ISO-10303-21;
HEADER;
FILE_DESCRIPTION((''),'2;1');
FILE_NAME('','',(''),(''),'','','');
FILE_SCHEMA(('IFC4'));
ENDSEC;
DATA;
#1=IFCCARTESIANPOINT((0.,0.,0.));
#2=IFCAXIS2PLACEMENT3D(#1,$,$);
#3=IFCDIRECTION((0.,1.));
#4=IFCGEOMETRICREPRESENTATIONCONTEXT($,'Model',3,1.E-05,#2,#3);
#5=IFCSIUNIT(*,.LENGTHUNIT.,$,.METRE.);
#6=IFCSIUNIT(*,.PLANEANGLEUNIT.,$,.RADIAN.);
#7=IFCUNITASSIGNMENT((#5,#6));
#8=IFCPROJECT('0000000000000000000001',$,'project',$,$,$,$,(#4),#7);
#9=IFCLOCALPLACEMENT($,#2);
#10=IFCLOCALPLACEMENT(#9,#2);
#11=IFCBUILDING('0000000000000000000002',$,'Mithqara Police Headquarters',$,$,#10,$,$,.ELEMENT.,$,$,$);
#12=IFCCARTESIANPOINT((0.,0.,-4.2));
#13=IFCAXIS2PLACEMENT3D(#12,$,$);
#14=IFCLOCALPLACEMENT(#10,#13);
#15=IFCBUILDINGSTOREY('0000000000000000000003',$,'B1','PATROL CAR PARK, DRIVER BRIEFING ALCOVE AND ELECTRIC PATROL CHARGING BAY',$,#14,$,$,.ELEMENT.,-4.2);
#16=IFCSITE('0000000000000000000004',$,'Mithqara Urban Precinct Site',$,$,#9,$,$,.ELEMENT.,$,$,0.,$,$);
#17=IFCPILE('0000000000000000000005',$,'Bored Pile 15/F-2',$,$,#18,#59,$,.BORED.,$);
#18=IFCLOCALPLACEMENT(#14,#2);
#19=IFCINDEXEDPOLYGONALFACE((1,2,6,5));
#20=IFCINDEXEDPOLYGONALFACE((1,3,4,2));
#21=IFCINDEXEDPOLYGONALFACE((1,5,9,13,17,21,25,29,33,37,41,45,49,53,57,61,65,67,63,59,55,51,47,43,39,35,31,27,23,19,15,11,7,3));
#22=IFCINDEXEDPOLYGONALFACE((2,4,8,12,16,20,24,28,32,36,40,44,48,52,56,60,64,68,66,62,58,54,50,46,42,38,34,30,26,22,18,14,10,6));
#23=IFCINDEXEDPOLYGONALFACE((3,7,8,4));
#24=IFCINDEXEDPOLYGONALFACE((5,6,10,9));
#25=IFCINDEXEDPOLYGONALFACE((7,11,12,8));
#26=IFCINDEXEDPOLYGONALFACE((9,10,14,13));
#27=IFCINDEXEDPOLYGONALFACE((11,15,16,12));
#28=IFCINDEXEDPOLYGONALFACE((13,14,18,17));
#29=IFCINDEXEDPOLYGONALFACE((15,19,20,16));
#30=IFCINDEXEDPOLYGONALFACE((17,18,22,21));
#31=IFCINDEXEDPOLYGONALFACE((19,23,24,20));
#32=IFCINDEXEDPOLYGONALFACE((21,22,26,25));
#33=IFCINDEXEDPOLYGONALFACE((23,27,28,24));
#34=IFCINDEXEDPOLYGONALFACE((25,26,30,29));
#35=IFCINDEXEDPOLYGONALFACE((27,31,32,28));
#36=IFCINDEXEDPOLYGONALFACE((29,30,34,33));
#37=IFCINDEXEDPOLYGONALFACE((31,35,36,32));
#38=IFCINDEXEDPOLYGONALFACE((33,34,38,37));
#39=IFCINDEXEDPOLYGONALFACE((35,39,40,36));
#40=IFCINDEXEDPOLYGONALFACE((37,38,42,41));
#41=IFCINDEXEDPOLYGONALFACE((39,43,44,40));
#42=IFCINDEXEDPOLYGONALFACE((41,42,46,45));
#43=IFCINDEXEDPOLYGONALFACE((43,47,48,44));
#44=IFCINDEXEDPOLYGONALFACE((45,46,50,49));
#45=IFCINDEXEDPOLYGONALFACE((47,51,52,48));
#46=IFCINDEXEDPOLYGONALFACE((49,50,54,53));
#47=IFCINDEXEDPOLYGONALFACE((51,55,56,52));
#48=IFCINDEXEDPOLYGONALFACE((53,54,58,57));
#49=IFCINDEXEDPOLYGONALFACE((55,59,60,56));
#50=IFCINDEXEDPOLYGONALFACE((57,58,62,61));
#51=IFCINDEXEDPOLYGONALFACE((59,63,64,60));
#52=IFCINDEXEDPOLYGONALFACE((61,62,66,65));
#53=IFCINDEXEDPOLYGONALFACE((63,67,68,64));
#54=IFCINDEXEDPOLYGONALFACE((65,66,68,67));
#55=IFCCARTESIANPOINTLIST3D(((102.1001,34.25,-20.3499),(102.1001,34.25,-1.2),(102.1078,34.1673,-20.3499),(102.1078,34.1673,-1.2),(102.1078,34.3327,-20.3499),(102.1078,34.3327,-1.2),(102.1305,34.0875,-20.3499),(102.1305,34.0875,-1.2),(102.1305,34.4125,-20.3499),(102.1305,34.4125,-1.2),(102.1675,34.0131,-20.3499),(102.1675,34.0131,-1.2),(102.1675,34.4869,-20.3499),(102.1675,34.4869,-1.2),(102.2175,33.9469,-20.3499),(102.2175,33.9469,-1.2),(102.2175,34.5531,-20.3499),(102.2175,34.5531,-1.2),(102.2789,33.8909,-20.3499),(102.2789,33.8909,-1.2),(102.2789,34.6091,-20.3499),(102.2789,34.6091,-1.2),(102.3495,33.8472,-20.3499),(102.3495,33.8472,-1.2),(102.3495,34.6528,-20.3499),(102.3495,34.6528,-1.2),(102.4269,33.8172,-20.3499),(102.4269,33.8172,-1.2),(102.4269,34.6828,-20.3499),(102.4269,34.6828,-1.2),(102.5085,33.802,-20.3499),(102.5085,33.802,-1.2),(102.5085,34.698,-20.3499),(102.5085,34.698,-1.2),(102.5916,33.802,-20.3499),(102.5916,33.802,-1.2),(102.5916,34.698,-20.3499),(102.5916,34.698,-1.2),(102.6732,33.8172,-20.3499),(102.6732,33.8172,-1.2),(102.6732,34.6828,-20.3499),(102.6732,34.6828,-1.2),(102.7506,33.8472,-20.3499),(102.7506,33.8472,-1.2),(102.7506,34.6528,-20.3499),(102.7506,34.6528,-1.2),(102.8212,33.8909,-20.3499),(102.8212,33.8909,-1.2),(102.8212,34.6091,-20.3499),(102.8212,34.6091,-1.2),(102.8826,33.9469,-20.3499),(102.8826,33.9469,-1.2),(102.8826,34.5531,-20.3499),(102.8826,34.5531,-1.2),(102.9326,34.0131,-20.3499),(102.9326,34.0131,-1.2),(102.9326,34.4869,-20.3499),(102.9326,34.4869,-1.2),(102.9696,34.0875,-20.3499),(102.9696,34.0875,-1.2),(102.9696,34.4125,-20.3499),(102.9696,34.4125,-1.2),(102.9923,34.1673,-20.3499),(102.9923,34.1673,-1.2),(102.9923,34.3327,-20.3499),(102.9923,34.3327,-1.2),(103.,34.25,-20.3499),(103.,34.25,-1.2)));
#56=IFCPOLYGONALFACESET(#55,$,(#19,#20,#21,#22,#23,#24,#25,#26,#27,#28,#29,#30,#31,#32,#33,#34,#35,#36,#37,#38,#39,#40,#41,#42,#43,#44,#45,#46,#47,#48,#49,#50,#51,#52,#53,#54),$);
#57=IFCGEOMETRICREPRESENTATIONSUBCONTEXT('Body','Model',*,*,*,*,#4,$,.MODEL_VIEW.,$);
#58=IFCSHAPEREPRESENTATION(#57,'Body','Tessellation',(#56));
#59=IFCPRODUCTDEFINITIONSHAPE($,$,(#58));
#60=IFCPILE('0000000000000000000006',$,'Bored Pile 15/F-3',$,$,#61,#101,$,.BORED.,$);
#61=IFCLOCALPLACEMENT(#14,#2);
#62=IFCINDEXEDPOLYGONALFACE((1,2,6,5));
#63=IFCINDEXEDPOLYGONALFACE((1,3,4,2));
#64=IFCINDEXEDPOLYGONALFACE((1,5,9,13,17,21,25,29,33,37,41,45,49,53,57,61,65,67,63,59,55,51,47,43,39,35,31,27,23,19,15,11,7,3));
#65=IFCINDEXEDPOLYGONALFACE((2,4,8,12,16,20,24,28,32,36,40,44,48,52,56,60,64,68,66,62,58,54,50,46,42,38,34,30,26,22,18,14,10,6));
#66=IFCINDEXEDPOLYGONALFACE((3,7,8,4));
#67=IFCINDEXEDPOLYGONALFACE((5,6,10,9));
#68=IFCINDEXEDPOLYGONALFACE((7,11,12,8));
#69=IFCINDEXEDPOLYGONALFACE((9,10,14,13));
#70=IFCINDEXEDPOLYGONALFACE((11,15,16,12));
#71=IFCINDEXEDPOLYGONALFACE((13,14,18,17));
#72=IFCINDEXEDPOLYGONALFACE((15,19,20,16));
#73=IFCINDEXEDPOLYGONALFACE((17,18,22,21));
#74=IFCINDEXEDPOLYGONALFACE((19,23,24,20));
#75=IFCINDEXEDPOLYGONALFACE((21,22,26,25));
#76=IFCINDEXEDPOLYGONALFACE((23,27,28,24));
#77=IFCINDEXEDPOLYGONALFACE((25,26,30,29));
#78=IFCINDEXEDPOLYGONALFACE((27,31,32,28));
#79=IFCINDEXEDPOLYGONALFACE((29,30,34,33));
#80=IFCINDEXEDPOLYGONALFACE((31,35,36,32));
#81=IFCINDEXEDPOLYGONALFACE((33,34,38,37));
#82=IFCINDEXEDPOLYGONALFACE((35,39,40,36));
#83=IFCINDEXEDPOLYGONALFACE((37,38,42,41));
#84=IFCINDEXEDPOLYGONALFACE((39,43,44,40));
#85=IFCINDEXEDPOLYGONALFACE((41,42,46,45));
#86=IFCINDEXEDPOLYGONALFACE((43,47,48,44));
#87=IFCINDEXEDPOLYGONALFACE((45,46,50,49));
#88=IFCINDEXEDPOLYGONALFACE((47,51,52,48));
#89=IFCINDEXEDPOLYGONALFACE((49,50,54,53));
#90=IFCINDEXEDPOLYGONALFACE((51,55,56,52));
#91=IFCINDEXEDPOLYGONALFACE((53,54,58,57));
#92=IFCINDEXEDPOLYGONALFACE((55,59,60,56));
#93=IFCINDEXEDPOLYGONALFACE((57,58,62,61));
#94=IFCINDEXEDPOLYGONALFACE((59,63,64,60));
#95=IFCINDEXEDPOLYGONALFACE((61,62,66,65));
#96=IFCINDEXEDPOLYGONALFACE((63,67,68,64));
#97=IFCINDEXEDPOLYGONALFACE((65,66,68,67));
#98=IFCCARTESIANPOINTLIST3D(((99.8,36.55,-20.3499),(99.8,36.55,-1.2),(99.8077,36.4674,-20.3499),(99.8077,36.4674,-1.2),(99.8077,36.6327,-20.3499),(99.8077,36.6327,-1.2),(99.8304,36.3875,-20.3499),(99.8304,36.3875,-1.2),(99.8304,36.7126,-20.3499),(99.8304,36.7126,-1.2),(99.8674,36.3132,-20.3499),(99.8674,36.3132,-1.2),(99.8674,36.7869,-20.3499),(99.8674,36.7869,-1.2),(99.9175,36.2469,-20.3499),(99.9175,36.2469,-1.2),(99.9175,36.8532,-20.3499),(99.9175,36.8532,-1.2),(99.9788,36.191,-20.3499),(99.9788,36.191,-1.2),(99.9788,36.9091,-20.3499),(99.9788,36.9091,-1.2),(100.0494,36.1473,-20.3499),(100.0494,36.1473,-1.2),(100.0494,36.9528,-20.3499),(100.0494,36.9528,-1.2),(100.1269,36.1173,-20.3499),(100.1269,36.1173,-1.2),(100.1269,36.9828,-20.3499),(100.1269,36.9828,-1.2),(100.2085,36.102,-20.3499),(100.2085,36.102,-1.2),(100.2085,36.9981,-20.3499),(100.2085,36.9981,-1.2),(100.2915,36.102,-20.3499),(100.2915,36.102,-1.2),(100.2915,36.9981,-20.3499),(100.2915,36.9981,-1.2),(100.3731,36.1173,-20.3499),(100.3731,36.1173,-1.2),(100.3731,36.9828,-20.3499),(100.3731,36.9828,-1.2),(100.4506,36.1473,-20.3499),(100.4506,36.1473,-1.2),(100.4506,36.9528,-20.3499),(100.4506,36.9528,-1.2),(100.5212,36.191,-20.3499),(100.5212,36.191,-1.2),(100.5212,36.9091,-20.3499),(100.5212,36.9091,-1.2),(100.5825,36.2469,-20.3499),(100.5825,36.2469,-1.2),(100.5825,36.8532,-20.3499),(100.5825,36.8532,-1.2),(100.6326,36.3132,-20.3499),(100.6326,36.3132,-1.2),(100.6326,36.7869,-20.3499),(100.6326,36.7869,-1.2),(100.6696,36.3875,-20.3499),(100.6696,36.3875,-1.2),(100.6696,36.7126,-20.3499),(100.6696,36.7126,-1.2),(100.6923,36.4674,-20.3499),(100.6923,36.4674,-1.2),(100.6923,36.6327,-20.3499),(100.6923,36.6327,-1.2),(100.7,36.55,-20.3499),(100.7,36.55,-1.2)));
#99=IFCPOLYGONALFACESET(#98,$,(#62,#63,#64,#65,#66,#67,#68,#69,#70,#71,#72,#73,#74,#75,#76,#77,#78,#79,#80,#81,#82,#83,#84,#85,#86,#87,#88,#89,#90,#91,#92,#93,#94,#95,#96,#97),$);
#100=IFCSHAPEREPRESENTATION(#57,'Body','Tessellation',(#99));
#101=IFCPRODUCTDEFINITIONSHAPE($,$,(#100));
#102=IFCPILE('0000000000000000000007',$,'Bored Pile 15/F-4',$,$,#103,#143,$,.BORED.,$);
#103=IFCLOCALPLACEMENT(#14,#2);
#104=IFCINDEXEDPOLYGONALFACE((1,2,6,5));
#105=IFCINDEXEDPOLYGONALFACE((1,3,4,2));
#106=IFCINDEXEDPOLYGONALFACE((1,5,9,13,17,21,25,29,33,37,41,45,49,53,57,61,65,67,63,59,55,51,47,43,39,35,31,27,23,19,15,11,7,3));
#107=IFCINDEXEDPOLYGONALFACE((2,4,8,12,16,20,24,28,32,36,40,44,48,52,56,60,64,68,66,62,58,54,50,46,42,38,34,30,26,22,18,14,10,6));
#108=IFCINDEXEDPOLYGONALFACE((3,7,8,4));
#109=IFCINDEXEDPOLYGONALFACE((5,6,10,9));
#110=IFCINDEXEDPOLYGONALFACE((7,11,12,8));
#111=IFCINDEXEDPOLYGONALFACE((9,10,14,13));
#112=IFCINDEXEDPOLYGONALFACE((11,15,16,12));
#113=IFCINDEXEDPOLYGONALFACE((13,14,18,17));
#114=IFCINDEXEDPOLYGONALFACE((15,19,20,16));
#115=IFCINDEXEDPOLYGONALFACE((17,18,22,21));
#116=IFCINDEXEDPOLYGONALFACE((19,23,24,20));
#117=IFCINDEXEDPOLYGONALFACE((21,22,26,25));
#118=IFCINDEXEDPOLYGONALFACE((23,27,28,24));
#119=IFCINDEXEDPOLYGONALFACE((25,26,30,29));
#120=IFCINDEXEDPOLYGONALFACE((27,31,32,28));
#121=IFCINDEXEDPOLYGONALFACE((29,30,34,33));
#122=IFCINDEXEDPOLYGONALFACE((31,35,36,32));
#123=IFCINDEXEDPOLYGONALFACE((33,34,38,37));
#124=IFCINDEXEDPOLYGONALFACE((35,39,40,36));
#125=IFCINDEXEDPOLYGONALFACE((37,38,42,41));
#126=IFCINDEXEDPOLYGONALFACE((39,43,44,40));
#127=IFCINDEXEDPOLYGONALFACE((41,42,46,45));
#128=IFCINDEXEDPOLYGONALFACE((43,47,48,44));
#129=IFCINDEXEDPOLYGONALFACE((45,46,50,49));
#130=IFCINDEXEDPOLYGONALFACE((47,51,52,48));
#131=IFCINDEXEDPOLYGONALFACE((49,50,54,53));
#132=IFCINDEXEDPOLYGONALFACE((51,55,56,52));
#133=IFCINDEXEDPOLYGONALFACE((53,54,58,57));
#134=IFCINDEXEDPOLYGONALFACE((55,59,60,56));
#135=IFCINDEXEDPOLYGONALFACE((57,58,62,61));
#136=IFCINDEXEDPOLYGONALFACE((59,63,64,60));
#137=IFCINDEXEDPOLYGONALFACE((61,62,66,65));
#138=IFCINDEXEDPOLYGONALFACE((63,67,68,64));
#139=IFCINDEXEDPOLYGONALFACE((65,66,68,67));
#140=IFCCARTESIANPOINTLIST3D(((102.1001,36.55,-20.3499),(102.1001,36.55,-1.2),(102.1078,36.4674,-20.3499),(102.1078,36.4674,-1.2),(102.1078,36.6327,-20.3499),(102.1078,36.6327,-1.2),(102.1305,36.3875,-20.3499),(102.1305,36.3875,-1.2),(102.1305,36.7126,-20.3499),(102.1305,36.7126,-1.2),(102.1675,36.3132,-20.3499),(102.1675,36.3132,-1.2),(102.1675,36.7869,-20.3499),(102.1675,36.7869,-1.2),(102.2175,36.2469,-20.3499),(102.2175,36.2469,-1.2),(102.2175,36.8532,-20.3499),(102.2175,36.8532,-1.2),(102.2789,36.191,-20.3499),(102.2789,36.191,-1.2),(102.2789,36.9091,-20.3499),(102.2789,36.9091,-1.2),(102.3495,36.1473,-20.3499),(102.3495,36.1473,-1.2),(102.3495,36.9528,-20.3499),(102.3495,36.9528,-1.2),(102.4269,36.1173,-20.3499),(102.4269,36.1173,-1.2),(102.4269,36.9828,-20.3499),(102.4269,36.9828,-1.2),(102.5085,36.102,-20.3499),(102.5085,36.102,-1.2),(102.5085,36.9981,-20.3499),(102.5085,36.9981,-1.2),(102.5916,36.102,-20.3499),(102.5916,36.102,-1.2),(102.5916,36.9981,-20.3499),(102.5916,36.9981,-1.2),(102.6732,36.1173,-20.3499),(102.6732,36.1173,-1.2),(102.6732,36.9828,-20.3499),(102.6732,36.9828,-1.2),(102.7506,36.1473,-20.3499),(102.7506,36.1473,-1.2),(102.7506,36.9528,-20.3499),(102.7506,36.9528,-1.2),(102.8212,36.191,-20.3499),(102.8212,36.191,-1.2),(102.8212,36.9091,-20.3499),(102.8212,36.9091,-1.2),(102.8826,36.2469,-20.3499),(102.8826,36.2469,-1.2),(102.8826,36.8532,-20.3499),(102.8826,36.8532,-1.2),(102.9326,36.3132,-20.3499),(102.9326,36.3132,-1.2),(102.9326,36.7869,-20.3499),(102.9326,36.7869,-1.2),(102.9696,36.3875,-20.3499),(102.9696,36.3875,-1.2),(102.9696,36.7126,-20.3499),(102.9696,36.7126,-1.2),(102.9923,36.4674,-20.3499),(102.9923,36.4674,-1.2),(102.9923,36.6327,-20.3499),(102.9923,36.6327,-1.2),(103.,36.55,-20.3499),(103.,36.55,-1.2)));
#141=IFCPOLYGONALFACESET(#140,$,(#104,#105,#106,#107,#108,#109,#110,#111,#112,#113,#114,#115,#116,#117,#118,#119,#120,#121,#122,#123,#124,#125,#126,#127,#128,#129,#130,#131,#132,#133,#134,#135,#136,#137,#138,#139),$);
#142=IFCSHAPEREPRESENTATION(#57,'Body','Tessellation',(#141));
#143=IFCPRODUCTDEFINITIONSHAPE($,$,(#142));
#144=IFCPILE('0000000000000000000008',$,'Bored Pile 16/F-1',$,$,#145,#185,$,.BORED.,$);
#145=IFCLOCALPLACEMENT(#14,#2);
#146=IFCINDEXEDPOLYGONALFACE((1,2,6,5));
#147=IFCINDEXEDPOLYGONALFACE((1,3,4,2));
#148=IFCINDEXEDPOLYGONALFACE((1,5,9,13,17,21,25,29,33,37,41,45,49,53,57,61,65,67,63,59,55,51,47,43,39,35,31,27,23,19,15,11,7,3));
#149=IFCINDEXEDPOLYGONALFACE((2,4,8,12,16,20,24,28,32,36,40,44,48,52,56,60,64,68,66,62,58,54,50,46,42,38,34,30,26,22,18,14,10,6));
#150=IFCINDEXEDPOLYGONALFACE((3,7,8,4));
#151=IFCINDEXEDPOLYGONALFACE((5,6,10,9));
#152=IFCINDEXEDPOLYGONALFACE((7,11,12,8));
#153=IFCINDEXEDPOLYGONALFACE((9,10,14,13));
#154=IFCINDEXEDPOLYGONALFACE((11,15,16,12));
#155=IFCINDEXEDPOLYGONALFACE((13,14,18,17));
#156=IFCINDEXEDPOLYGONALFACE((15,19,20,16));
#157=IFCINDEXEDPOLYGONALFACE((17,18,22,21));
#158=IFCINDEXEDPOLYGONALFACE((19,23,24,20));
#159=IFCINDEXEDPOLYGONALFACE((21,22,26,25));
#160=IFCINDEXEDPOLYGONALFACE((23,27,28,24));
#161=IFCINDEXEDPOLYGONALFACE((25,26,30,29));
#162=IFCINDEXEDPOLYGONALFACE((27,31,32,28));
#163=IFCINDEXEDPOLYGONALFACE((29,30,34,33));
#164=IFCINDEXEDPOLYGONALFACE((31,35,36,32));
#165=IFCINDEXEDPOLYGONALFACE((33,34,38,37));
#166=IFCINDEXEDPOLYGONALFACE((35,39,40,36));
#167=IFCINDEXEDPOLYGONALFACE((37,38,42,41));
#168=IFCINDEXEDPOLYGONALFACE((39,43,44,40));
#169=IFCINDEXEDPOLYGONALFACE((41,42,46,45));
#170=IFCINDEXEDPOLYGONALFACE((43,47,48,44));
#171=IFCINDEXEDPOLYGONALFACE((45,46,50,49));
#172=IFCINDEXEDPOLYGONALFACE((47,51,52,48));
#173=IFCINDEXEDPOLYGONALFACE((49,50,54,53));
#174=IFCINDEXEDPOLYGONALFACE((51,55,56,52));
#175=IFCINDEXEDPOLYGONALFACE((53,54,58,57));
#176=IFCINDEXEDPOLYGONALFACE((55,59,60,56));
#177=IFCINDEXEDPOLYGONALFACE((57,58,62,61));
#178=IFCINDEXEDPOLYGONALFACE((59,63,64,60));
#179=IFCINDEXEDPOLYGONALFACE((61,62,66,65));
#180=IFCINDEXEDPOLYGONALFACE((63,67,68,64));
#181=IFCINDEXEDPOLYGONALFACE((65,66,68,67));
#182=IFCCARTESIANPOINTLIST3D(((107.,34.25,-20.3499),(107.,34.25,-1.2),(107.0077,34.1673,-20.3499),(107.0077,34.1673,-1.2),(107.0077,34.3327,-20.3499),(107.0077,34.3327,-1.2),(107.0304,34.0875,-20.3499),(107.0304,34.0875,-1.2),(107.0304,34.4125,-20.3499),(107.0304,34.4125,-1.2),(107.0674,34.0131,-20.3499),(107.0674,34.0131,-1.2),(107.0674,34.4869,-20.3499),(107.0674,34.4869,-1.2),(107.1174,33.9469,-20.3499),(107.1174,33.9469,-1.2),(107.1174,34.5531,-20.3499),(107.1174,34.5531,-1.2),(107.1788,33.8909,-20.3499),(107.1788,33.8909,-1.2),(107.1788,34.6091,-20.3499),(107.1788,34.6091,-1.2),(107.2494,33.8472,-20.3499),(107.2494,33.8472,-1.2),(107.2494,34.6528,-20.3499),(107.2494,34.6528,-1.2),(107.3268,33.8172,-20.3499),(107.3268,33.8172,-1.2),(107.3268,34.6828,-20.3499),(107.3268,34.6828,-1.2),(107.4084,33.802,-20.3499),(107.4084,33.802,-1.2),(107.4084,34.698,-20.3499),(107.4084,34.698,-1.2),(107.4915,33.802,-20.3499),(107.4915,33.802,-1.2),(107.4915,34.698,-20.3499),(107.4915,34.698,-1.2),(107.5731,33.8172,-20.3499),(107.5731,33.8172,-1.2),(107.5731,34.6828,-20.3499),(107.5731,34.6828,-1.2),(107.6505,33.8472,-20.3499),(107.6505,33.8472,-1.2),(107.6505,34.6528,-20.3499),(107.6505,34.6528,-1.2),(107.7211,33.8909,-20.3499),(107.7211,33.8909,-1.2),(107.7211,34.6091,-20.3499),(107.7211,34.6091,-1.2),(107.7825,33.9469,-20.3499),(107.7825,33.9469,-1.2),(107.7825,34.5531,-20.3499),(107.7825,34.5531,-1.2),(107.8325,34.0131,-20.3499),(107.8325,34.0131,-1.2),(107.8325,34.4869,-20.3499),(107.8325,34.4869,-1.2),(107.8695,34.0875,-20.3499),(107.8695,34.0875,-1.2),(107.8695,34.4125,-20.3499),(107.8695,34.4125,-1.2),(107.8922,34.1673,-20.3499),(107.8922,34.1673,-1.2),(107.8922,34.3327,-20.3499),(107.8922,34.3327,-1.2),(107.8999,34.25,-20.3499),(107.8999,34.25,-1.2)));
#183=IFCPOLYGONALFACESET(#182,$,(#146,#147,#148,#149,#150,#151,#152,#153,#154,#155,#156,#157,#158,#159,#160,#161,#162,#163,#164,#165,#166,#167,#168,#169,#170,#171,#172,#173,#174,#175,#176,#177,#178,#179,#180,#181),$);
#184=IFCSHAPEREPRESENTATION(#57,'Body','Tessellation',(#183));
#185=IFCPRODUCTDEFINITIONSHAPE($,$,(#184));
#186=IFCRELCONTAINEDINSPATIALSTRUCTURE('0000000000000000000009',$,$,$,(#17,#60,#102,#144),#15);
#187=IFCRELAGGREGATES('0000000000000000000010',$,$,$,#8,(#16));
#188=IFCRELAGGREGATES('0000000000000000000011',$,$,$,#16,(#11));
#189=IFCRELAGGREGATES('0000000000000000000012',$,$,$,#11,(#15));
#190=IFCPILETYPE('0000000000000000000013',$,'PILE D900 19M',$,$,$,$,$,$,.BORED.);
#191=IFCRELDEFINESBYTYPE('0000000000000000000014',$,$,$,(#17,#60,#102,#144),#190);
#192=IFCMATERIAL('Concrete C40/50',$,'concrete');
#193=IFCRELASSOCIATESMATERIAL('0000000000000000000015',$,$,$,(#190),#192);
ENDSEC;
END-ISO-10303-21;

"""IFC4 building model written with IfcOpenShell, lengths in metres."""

from ifc_helpers import new_model, si_unit, direction, frame, origin, origin_2d, place, context, subcontext, project, spatial, circle, extrude, material, material_profile, profile_set, type_object, element, save


model = new_model("IFC4")

# Units and contexts
model_context = context("Model", 3, precision=1e-05, world=origin(), true_north=direction((0.0, 1.0)))
body_context = subcontext(model_context, "Body", "Model", "MODEL_VIEW")
ifc_project = project(units=[si_unit("LENGTHUNIT", "METRE"), si_unit("PLANEANGLEUNIT", "RADIAN")], contexts=[model_context])

# Site, building, storey
site_placement = place(None, origin())
site = spatial("IfcSite", under=ifc_project, at=site_placement, Name="Mithqara Urban Precinct Site", CompositionType="ELEMENT", RefElevation=0.0)
building_placement = place(site_placement, origin())
building = spatial("IfcBuilding", under=site, at=building_placement, Name="Mithqara Police Headquarters", CompositionType="ELEMENT")
storey_placement = place(building_placement, frame((0.0, 0.0, -4.2)))
storey = spatial("IfcBuildingStorey", under=building, at=storey_placement, Name="B1", Description="PATROL CAR PARK, DRIVER BRIEFING ALCOVE AND ELECTRIC PATROL CHARGING BAY", CompositionType="ELEMENT", Elevation=-4.2)

# Shared definitions
ifc_material_1 = material(Name="Concrete C40/50", Category="concrete")

# Piles
ifc_material_profile_1 = material_profile(ifc_material_1, circle(Radius=0.45, at=origin_2d()), Name="PILE D900")
ifc_profile_set_1 = profile_set([ifc_material_profile_1], Name="Concrete C40/50")
pile_type = type_object("IfcPileType", Name="PILE D900 19M", PredefinedType="BORED", material=ifc_profile_set_1)
for number, where, z_axis, x_axis, name in (
    (1, (102.55, 34.25, -1.2), (0.0, 0.0, -1.0), (1.0, 0.0, 0.0), "Bored Pile 15/F-2"),
    (2, (100.25, 36.55, -1.2), (0.0, 0.0, -1.0), (1.0, 0.0, 0.0), "Bored Pile 15/F-3"),
    (3, (102.55, 36.55, -1.2), (0.0, 0.0, -1.0), (1.0, 0.0, 0.0), "Bored Pile 15/F-4"),
    (4, (107.45, 34.25, -1.2), (0.0, 0.0, -1.0), (1.0, 0.0, 0.0), "Bored Pile 16/F-1"),
):
    element("IfcPile", number, at=place(storey_placement, frame(where, z_axis=z_axis, x_axis=x_axis)), inside=storey, type_object=pile_type, Name=name, PredefinedType="BORED", context=body_context, shape_type="SweptSolid", body=[
        extrude(circle(Radius=0.45, at=origin_2d()), origin(), (0.0, 0.0, 1.0), 19.1499),
    ])

save(model, "model.ifc")
